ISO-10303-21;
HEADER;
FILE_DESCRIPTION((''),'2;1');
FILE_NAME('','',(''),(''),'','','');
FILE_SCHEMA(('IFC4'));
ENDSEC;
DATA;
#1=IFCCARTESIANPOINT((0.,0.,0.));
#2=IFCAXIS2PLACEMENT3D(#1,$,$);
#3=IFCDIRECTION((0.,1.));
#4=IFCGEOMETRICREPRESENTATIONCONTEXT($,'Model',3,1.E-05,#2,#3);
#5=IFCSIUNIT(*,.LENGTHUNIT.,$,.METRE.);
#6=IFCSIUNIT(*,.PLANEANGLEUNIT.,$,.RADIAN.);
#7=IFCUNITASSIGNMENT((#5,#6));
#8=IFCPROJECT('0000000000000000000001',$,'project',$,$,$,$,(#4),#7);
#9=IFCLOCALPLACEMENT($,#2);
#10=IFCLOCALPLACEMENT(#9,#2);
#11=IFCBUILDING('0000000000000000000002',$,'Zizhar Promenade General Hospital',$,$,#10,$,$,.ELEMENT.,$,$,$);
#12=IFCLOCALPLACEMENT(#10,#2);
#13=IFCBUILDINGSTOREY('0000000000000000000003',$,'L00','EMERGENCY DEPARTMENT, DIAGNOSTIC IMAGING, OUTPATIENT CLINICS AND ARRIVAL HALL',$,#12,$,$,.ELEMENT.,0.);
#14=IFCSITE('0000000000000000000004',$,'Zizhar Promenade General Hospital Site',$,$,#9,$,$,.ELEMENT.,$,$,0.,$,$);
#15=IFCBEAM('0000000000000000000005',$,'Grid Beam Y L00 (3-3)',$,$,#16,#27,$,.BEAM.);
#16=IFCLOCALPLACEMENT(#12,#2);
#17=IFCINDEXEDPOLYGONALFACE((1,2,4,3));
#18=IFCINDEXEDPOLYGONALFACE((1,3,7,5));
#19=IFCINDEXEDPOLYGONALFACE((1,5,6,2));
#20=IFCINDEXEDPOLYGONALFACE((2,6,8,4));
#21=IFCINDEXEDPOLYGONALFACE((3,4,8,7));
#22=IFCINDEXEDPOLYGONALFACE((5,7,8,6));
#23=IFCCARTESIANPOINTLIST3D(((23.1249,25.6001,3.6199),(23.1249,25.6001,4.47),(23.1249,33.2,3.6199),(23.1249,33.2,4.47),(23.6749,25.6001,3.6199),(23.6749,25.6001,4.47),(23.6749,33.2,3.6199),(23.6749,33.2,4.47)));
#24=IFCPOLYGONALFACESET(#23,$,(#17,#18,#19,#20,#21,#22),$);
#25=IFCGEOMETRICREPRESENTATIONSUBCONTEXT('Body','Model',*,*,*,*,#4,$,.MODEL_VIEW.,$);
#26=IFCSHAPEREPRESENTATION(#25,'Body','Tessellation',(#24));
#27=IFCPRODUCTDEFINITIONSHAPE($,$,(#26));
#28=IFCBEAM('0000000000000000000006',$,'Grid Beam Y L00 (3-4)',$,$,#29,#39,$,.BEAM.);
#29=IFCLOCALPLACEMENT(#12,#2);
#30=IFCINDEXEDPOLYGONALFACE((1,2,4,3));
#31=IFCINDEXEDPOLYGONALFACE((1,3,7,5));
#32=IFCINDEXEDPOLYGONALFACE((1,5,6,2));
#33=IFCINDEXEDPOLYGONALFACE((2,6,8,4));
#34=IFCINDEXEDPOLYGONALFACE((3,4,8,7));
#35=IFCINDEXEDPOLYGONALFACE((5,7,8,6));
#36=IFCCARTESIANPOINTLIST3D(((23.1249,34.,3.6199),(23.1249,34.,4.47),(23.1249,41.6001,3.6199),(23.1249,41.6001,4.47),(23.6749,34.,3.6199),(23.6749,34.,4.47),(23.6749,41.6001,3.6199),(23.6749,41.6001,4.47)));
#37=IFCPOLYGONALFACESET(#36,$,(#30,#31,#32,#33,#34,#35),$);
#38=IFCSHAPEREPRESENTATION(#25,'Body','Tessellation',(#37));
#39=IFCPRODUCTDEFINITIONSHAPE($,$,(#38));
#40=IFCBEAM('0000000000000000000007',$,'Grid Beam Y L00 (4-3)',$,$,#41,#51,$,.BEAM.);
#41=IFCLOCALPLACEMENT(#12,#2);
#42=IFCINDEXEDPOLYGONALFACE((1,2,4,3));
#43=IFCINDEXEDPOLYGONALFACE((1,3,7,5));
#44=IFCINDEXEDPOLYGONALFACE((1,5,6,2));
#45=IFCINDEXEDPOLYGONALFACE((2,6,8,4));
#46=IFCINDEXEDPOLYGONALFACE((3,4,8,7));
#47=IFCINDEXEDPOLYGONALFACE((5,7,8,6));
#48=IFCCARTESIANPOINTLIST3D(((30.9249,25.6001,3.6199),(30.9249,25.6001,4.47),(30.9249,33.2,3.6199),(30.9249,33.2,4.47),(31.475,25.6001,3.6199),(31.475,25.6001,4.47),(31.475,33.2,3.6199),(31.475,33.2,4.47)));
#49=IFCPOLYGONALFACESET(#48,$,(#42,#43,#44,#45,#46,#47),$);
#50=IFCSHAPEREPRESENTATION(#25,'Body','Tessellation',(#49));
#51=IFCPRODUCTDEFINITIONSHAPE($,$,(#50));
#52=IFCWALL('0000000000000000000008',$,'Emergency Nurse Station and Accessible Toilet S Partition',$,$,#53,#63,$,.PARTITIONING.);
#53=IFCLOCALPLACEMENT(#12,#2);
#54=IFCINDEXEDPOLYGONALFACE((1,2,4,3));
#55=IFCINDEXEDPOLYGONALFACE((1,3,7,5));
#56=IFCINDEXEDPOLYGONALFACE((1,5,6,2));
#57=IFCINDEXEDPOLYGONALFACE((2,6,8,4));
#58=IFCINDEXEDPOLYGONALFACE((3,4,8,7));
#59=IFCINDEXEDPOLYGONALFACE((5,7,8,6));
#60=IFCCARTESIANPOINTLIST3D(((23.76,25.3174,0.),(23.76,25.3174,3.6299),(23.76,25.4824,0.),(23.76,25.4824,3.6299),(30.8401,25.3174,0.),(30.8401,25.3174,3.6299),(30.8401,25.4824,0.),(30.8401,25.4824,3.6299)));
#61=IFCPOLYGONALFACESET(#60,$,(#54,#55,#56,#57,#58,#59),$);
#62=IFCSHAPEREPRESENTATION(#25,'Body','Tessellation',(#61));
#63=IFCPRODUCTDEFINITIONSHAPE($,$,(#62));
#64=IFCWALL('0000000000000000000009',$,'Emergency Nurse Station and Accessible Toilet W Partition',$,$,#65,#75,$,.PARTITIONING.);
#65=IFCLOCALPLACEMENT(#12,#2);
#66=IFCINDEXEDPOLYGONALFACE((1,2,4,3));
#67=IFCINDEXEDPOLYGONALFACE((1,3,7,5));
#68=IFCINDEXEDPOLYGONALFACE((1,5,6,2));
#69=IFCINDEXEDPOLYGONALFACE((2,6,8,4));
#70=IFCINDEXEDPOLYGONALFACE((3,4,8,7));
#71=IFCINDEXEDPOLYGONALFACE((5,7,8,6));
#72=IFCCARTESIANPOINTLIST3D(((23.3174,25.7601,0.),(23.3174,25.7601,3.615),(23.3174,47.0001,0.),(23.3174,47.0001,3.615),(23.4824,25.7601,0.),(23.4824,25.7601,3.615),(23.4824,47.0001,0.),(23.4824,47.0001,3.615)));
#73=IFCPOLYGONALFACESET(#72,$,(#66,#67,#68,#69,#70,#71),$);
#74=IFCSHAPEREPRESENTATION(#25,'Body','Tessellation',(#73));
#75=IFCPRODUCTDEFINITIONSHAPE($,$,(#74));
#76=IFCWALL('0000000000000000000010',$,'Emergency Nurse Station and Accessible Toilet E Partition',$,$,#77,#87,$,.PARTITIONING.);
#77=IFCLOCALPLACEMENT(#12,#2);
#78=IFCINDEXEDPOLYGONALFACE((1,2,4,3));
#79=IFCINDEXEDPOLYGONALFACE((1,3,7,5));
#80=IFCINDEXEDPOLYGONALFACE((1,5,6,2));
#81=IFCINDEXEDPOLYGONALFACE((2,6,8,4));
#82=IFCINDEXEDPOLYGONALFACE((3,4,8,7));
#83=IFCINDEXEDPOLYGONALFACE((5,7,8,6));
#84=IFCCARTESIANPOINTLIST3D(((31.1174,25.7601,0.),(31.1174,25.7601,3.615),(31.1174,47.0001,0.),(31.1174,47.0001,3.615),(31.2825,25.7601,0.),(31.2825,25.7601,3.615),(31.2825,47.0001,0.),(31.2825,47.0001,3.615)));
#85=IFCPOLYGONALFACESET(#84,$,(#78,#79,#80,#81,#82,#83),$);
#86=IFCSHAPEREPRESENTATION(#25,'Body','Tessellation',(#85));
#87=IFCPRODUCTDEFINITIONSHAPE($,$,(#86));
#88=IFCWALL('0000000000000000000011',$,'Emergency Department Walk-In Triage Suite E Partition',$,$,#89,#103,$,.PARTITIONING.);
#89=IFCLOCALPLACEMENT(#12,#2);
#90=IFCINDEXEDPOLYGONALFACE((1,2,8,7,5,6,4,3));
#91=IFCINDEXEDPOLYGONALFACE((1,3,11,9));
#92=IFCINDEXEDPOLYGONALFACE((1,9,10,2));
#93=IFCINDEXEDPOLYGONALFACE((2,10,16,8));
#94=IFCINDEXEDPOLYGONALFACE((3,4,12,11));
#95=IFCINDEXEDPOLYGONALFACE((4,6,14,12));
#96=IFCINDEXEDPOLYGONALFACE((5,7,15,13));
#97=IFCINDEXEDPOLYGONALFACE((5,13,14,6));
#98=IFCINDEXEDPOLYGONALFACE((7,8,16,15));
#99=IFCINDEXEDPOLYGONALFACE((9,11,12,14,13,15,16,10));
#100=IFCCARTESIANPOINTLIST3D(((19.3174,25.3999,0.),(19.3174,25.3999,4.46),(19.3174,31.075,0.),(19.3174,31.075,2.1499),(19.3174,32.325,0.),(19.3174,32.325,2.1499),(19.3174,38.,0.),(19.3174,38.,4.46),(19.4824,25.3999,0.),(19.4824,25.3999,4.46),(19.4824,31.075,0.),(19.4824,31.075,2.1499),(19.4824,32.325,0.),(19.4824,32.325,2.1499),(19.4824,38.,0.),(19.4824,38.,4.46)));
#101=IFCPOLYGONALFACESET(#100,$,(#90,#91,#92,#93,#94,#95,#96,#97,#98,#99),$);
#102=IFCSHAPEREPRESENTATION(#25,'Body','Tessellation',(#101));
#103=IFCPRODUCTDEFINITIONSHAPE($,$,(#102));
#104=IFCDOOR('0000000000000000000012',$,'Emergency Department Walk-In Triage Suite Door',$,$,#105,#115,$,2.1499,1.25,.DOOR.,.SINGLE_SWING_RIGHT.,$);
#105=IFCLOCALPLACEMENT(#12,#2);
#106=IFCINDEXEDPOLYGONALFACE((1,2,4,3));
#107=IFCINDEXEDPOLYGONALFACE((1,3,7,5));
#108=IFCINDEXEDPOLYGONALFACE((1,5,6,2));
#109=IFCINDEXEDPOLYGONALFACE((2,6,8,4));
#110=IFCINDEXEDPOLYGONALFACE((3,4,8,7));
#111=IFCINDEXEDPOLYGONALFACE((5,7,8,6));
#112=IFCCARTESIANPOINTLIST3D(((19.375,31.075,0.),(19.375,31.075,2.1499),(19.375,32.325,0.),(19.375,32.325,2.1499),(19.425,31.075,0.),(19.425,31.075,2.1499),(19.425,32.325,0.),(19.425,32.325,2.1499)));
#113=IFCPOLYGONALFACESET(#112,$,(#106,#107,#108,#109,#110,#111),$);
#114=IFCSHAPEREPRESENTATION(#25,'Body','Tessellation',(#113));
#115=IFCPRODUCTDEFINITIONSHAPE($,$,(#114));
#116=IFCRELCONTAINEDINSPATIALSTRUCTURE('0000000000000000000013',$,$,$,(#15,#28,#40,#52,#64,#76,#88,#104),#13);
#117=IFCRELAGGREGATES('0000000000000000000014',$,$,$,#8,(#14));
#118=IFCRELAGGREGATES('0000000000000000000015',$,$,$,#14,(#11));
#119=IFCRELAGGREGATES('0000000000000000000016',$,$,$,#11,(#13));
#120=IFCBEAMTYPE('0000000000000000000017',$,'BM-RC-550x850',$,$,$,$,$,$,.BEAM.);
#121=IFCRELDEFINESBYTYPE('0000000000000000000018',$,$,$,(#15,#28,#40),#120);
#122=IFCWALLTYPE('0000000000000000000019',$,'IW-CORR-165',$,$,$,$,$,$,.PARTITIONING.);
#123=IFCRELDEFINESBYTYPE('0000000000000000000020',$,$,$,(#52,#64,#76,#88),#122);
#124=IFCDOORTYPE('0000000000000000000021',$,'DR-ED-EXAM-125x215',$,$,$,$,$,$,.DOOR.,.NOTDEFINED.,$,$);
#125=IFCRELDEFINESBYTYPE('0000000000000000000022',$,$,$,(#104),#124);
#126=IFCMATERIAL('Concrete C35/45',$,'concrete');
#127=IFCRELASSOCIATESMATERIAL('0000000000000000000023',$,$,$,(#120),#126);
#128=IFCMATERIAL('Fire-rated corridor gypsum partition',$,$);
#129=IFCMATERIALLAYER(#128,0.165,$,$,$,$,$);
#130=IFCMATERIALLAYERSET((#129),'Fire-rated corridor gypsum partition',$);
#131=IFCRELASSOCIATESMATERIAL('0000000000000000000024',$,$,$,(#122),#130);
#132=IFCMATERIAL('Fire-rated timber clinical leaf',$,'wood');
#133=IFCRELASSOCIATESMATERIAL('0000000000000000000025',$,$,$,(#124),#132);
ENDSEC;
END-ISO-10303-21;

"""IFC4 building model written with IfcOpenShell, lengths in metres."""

from ifc_helpers import new_model, si_unit, direction, frame, frame_2d, origin, origin_2d, place, context, subcontext, project, spatial, rectangle, extrude, material, layer, layer_set, material_profile, profile_set, type_object, element, fill, save


model = new_model("IFC4")

# Units and contexts
model_context = context("Model", 3, precision=1e-05, world=origin(), true_north=direction((0.0, 1.0)))
body_context = subcontext(model_context, "Body", "Model", "MODEL_VIEW")
ifc_project = project(units=[si_unit("LENGTHUNIT", "METRE"), si_unit("PLANEANGLEUNIT", "RADIAN")], contexts=[model_context])

# Site, building, storey
site_placement = place(None, origin())
site = spatial("IfcSite", under=ifc_project, at=site_placement, Name="Zizhar Promenade General Hospital Site", CompositionType="ELEMENT", RefElevation=0.0)
building_placement = place(site_placement, origin())
building = spatial("IfcBuilding", under=site, at=building_placement, Name="Zizhar Promenade General Hospital", CompositionType="ELEMENT")
storey_placement = place(building_placement, origin())
storey = spatial("IfcBuildingStorey", under=building, at=storey_placement, Name="L00", Description="EMERGENCY DEPARTMENT, DIAGNOSTIC IMAGING, OUTPATIENT CLINICS AND ARRIVAL HALL", CompositionType="ELEMENT", Elevation=0.0)

# Beams
ifc_material_1 = material(Name="Concrete C35/45", Category="concrete")
ifc_material_profile_1 = material_profile(ifc_material_1, rectangle(XDim=0.55, YDim=0.8501, at=origin_2d()))
ifc_profile_set_1 = profile_set([ifc_material_profile_1], Name="Concrete C35/45")
beam_type_1 = type_object("IfcBeamType", Name="BM-RC-550x850", PredefinedType="BEAM", material=ifc_profile_set_1)
beam_1_placement = place(storey_placement, frame((23.3999, 25.6001, 4.0449), z_axis=(0.0, 1.0, 0.0), x_axis=(-1.0, 0.0, 0.0)))
element("IfcBeam", 1, at=beam_1_placement, inside=storey, type_object=beam_type_1, Name="Grid Beam Y L00 (3-3)", PredefinedType="BEAM", context=body_context, shape_type="SweptSolid", body=[
    extrude(rectangle(XDim=0.55, YDim=0.8501, at=origin_2d()), origin(), (0.0, 0.0, 1.0), 7.5999),
])
beam_2_placement = place(storey_placement, frame((23.3999, 34.0, 4.0449), z_axis=(0.0, 1.0, 0.0), x_axis=(-1.0, 0.0, 0.0)))
element("IfcBeam", 2, at=beam_2_placement, inside=storey, type_object=beam_type_1, Name="Grid Beam Y L00 (3-4)", PredefinedType="BEAM", context=body_context, shape_type="SweptSolid", body=[
    extrude(rectangle(XDim=0.55, YDim=0.8501, at=origin_2d()), origin(), (0.0, 0.0, 1.0), 7.6001),
])
beam_3_placement = place(storey_placement, frame((31.2, 25.6001, 4.0449), z_axis=(0.0, 1.0, 0.0), x_axis=(-1.0, 0.0, 0.0)))
element("IfcBeam", 3, at=beam_3_placement, inside=storey, type_object=beam_type_1, Name="Grid Beam Y L00 (4-3)", PredefinedType="BEAM", context=body_context, shape_type="SweptSolid", body=[
    extrude(rectangle(XDim=0.55, YDim=0.8501, at=origin_2d()), origin(), (0.0, 0.0, 1.0), 7.5999),
])

# Walls
ifc_material_2 = material(Name="Fire-rated corridor gypsum partition")
ifc_layer = layer(ifc_material_2, 0.165)
ifc_layer_set = layer_set([ifc_layer], Name="Fire-rated corridor gypsum partition")
wall_type = type_object("IfcWallType", Name="IW-CORR-165", PredefinedType="PARTITIONING", material=ifc_layer_set)
wall_1_placement = place(storey_placement, frame((23.76, 25.3999, 0.0), z_axis=(0.0, 0.0, 1.0), x_axis=(1.0, 0.0, 0.0)))
element("IfcWall", 4, at=wall_1_placement, inside=storey, type_object=wall_type, Name="Emergency Nurse Station and Accessible Toilet S Partition", PredefinedType="PARTITIONING", context=body_context, shape_type="SweptSolid", body=[
    extrude(rectangle(XDim=7.0801, YDim=0.165, at=frame_2d((3.54, 0.0))), origin(), (0.0, 0.0, 1.0), 3.6299),
])
for number, where, z_axis, x_axis, name in (
    (5, (23.3999, 25.76, 0.0), (0.0, 0.0, 1.0), (0.0, 1.0, 0.0), "Emergency Nurse Station and Accessible Toilet W Partition"),
    (6, (31.2, 25.76, 0.0), (0.0, 0.0, 1.0), (0.0, 1.0, 0.0), "Emergency Nurse Station and Accessible Toilet E Partition"),
):
    element("IfcWall", number, at=place(storey_placement, frame(where, z_axis=z_axis, x_axis=x_axis)), inside=storey, type_object=wall_type, Name=name, PredefinedType="PARTITIONING", context=body_context, shape_type="SweptSolid", body=[
        extrude(rectangle(XDim=21.24, YDim=0.165, at=frame_2d((10.6201, 0.0))), origin(), (0.0, 0.0, 1.0), 3.615),
    ])

# Wall, opening, door
wall_2_placement = place(storey_placement, frame((19.3999, 25.3999, 0.0), z_axis=(0.0, 0.0, 1.0), x_axis=(0.0, 1.0, 0.0)))
wall_2 = element("IfcWall", 7, at=wall_2_placement, inside=storey, type_object=wall_type, Name="Emergency Department Walk-In Triage Suite E Partition", PredefinedType="PARTITIONING", context=body_context, shape_type="SweptSolid", body=[
    extrude(rectangle(XDim=12.6001, YDim=0.165, at=frame_2d((6.3, 0.0))), origin(), (0.0, 0.0, 1.0), 4.46),
])
opening_placement = place(wall_2_placement, frame((5.675, 0.0, 0.0)))
opening = element("IfcOpeningElement", 8, at=opening_placement, cuts=wall_2, PredefinedType="OPENING", context=body_context, shape_type="SweptSolid", body=[
    extrude(rectangle(XDim=1.25, YDim=2.1499, at=frame_2d((0.625, 1.075))), frame((0.0, 0.0925, 0.0), z_axis=(0.0, -1.0, 0.0), x_axis=(1.0, 0.0, 0.0)), (0.0, 0.0, 1.0), 0.1851),
])
ifc_material_3 = material(Name="Fire-rated timber clinical leaf", Category="wood")
door_type = type_object("IfcDoorType", Name="DR-ED-EXAM-125x215", OperationType="NOTDEFINED", PredefinedType="DOOR", material=ifc_material_3)
door_placement = place(opening_placement, origin())
door = element("IfcDoor", 9, at=door_placement, inside=storey, type_object=door_type, Name="Emergency Department Walk-In Triage Suite Door", OperationType="SINGLE_SWING_RIGHT", OverallHeight=2.1499, OverallWidth=1.25, PredefinedType="DOOR", context=body_context, shape_type="SweptSolid", body=[
    extrude(rectangle(XDim=1.25, YDim=2.1499, at=frame_2d((0.625, 1.075))), frame((0.0, 0.0249, 0.0), z_axis=(0.0, -1.0, 0.0), x_axis=(1.0, 0.0, 0.0)), (0.0, 0.0, 1.0), 0.05),
])
fill(opening, door)

save(model, "model.ifc")
